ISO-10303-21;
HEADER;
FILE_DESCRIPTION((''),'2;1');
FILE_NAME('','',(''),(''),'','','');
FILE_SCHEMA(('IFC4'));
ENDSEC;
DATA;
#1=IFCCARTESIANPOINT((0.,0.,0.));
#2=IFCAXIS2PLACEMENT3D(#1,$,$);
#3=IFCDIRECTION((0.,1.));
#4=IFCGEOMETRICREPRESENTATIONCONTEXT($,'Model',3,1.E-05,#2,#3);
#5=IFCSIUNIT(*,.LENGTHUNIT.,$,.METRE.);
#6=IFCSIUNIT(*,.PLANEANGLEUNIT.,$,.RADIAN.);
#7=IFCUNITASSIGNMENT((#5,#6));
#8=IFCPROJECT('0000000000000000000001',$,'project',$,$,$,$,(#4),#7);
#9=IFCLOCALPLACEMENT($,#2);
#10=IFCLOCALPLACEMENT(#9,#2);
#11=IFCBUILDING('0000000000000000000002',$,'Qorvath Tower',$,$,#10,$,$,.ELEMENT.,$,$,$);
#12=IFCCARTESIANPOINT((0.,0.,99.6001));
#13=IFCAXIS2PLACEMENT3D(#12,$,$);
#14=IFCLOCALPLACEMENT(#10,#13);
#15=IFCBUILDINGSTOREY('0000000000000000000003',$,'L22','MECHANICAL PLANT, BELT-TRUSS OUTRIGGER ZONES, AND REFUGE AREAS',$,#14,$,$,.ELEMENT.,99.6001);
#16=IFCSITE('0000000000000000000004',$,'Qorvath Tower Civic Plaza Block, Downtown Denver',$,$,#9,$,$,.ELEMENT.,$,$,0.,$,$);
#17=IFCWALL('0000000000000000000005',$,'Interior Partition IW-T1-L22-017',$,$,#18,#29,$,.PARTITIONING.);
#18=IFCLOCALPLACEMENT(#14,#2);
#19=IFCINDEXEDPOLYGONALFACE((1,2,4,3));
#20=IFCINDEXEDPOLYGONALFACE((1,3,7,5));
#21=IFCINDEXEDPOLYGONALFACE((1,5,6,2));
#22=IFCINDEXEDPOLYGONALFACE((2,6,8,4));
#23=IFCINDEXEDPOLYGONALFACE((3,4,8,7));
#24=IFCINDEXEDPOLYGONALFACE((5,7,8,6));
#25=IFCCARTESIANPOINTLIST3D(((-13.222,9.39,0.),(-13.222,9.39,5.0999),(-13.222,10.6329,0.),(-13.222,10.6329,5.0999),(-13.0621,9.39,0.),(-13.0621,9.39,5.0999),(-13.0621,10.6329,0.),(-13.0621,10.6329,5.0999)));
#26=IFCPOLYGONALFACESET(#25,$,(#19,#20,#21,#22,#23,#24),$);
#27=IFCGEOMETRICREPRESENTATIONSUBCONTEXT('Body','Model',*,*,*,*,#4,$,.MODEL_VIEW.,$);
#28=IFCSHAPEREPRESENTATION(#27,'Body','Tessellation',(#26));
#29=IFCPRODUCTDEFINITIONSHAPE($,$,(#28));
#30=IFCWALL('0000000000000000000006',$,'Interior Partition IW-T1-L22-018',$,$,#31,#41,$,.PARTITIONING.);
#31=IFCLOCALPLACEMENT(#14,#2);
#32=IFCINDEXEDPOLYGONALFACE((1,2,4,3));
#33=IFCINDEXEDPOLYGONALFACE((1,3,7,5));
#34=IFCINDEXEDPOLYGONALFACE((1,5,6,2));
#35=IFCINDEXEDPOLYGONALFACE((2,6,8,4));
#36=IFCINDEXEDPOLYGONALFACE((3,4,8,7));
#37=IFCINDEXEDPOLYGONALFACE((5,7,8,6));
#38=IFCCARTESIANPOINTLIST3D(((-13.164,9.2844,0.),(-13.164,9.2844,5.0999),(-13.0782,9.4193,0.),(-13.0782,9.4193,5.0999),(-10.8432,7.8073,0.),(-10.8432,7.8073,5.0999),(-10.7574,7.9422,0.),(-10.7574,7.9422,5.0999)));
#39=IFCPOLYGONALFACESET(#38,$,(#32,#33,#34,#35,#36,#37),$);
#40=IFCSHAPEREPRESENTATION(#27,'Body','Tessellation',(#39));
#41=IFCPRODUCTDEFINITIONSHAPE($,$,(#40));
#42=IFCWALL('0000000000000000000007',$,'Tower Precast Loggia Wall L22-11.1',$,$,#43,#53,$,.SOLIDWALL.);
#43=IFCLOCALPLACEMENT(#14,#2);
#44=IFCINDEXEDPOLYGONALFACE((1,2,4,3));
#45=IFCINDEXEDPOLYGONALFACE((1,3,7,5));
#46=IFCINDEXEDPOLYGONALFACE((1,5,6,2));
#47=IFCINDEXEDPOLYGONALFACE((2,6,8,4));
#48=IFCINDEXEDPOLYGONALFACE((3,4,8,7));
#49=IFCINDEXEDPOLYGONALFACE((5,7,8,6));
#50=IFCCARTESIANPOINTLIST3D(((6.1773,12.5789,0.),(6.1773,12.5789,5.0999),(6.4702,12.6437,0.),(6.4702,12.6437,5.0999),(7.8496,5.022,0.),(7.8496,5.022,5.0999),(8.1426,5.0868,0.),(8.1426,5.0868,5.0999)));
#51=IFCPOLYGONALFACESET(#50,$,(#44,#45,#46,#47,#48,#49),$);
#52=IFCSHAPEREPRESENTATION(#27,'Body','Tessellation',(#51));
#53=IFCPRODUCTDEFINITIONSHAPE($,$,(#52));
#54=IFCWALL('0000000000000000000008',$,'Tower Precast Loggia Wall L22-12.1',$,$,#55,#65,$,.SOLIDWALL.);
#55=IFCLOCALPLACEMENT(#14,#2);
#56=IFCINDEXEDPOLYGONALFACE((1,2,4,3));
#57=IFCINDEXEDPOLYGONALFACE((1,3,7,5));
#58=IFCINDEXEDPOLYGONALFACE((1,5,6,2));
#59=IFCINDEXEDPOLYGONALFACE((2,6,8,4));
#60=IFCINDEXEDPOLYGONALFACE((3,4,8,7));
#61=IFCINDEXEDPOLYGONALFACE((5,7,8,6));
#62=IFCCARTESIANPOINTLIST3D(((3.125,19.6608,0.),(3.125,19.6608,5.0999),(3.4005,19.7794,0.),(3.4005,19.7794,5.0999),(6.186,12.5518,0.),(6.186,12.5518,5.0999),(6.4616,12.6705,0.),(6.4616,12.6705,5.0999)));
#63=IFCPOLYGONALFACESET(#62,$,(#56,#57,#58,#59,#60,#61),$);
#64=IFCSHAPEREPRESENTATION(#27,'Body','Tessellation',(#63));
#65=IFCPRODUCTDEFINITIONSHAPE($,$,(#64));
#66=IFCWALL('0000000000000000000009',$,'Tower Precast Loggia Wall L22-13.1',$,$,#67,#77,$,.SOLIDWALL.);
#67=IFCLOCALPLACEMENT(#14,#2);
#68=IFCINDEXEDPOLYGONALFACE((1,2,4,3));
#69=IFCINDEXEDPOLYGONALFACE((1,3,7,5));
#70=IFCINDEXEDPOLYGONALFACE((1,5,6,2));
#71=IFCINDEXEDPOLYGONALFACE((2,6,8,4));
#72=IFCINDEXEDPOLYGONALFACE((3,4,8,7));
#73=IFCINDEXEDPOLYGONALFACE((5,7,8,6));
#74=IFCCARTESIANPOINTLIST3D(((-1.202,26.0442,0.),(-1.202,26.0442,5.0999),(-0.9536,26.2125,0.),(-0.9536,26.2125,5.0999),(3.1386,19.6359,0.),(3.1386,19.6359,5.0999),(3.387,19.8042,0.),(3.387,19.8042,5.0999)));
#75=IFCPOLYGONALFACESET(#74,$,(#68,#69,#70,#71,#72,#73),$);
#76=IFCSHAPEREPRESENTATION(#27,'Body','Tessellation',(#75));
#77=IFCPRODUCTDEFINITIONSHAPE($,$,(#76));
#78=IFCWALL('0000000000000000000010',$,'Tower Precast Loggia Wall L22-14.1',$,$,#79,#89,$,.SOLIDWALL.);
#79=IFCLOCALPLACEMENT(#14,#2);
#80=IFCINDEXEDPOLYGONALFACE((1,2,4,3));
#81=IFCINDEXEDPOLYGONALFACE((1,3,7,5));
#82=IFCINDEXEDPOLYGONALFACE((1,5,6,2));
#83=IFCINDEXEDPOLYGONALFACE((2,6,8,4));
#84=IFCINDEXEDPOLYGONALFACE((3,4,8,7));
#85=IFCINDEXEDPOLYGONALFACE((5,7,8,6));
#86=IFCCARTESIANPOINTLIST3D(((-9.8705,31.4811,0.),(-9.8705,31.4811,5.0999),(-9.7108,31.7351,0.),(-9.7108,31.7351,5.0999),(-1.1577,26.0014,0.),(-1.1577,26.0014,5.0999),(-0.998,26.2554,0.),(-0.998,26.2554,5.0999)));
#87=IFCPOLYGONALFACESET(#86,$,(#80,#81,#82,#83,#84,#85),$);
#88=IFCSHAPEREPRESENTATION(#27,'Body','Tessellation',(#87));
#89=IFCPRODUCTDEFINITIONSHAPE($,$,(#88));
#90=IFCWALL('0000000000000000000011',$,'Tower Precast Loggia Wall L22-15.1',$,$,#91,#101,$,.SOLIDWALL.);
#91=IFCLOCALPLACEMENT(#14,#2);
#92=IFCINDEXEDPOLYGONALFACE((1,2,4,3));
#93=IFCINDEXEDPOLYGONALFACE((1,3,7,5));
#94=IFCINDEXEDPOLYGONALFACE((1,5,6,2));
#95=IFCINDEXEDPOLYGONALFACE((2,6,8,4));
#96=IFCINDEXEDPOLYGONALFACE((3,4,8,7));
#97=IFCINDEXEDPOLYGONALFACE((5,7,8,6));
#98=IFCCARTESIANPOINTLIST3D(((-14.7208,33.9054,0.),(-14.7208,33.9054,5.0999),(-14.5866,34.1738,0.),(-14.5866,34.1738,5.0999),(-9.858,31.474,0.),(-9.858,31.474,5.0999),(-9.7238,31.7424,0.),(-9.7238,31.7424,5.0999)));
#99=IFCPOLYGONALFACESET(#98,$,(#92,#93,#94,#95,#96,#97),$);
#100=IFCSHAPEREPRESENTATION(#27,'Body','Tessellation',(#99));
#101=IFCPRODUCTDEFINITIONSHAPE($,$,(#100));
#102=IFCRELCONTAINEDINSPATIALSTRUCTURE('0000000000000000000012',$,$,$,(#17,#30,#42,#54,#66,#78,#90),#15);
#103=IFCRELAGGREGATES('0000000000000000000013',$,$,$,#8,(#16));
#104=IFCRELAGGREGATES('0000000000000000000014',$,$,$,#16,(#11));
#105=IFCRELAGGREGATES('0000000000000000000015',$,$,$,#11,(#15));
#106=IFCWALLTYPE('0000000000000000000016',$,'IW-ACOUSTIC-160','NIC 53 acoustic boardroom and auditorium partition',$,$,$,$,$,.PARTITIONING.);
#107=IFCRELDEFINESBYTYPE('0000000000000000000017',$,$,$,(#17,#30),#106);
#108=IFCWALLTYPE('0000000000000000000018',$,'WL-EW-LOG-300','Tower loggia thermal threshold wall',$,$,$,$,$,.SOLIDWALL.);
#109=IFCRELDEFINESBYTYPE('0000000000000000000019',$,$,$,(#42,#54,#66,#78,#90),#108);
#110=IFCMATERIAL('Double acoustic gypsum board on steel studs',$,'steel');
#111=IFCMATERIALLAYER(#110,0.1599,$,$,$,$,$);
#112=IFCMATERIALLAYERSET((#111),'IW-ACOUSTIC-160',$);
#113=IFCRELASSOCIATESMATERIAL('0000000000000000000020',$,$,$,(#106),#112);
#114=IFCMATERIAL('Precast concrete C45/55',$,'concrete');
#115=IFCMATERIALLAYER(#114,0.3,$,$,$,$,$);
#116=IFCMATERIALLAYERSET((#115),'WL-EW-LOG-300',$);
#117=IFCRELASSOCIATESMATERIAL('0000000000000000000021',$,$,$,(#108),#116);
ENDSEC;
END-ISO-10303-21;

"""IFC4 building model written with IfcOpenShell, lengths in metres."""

from ifc_helpers import new_model, si_unit, direction, frame, frame_2d, origin, place, context, subcontext, project, spatial, rectangle, extrude, material, layer, layer_set, type_object, element, save


model = new_model("IFC4")

# Units and contexts
model_context = context("Model", 3, precision=1e-05, world=origin(), true_north=direction((0.0, 1.0)))
body_context = subcontext(model_context, "Body", "Model", "MODEL_VIEW")
ifc_project = project(units=[si_unit("LENGTHUNIT", "METRE"), si_unit("PLANEANGLEUNIT", "RADIAN")], contexts=[model_context])

# Site, building, storey
site_placement = place(None, origin())
site = spatial("IfcSite", under=ifc_project, at=site_placement, Name="Qorvath Tower Civic Plaza Block, Downtown Denver", CompositionType="ELEMENT", RefElevation=0.0)
building_placement = place(site_placement, origin())
building = spatial("IfcBuilding", under=site, at=building_placement, Name="Qorvath Tower", CompositionType="ELEMENT")
storey_placement = place(building_placement, frame((0.0, 0.0, 99.6001)))
storey = spatial("IfcBuildingStorey", under=building, at=storey_placement, Name="L22", Description="MECHANICAL PLANT, BELT-TRUSS OUTRIGGER ZONES, AND REFUGE AREAS", CompositionType="ELEMENT", Elevation=99.6001)

# Walls
ifc_material_1 = material(Name="Double acoustic gypsum board on steel studs", Category="steel")
ifc_layer_1 = layer(ifc_material_1, 0.1599)
ifc_layer_set_1 = layer_set([ifc_layer_1], Name="IW-ACOUSTIC-160")
wall_type_1 = type_object("IfcWallType", Name="IW-ACOUSTIC-160", Description="NIC 53 acoustic boardroom and auditorium partition", PredefinedType="PARTITIONING", material=ifc_layer_set_1)
wall_1_placement = place(storey_placement, frame((-13.1421, 10.6331, 0.0), z_axis=(0.0, 0.0, 1.0), x_axis=(0.0, -1.0, 0.0)))
element("IfcWall", 1, at=wall_1_placement, inside=storey, type_object=wall_type_1, Name="Interior Partition IW-T1-L22-017", PredefinedType="PARTITIONING", context=body_context, shape_type="SweptSolid", body=[
    extrude(rectangle(XDim=1.2429, YDim=0.1599, at=frame_2d((0.6216, 0.0))), origin(), (0.0, 0.0, 1.0), 5.0999),
])
wall_2_placement = place(storey_placement, frame((-13.1211, 9.3518, 0.0), z_axis=(0.0, 0.0, 1.0), x_axis=(0.843632, -0.536921, 0.0)))
element("IfcWall", 2, at=wall_2_placement, inside=storey, type_object=wall_type_1, Name="Interior Partition IW-T1-L22-018", PredefinedType="PARTITIONING", context=body_context, shape_type="SweptSolid", body=[
    extrude(rectangle(XDim=2.751, YDim=0.1599, at=frame_2d((1.3755, 0.0))), origin(), (0.0, 0.0, 1.0), 5.0999),
])
ifc_material_2 = material(Name="Precast concrete C45/55", Category="concrete")
ifc_layer_2 = layer(ifc_material_2, 0.3)
ifc_layer_set_2 = layer_set([ifc_layer_2], Name="WL-EW-LOG-300")
wall_type_2 = type_object("IfcWallType", Name="WL-EW-LOG-300", Description="Tower loggia thermal threshold wall", PredefinedType="SOLIDWALL", material=ifc_layer_set_2)
wall_3_placement = place(storey_placement, frame((6.3237, 12.6113, 0.0), z_axis=(0.0, 0.0, 1.0), x_axis=(0.216075, -0.976377, 0.0)))
element("IfcWall", 3, at=wall_3_placement, inside=storey, type_object=wall_type_2, Name="Tower Precast Loggia Wall L22-11.1", PredefinedType="SOLIDWALL", context=body_context, shape_type="SweptSolid", body=[
    extrude(rectangle(XDim=7.7397, YDim=0.3, at=frame_2d((3.8699, 0.0))), origin(), (0.0, 0.0, 1.0), 5.0999),
])
for number, where, z_axis, x_axis, name in (
    (4, (3.2627, 19.7202, 0.0), (0.0, 0.0, 1.0), (0.395487, -0.918471, 0.0), "Tower Precast Loggia Wall L22-12.1"),
    (5, (-1.0779, 26.1284, 0.0), (0.0, 0.0, 1.0), (0.560807, -0.827947, 0.0), "Tower Precast Loggia Wall L22-13.1"),
):
    element("IfcWall", number, at=place(storey_placement, frame(where, z_axis=z_axis, x_axis=x_axis)), inside=storey, type_object=wall_type_2, Name=name, PredefinedType="SOLIDWALL", context=body_context, shape_type="SweptSolid", body=[
        extrude(rectangle(XDim=7.74, YDim=0.3, at=frame_2d((3.8701, 0.0))), origin(), (0.0, 0.0, 1.0), 5.0999),
    ])
wall_4_placement = place(storey_placement, frame((-9.7908, 31.6082, 0.0), z_axis=(0.0, 0.0, 1.0), x_axis=(0.846502, -0.532385, 0.0)))
element("IfcWall", 6, at=wall_4_placement, inside=storey, type_object=wall_type_2, Name="Tower Precast Loggia Wall L22-14.1", PredefinedType="SOLIDWALL", context=body_context, shape_type="SweptSolid", body=[
    extrude(rectangle(XDim=10.2927, YDim=0.3, at=frame_2d((5.1465, 0.0))), origin(), (0.0, 0.0, 1.0), 5.0999),
])
wall_5_placement = place(storey_placement, frame((-14.6536, 34.0396, 0.0), z_axis=(0.0, 0.0, 1.0), x_axis=(0.894427, -0.447214, 0.0)))
element("IfcWall", 7, at=wall_5_placement, inside=storey, type_object=wall_type_2, Name="Tower Precast Loggia Wall L22-15.1", PredefinedType="SOLIDWALL", context=body_context, shape_type="SweptSolid", body=[
    extrude(rectangle(XDim=5.4368, YDim=0.3, at=frame_2d((2.7183, 0.0))), origin(), (0.0, 0.0, 1.0), 5.0999),
])

save(model, "model.ifc")
